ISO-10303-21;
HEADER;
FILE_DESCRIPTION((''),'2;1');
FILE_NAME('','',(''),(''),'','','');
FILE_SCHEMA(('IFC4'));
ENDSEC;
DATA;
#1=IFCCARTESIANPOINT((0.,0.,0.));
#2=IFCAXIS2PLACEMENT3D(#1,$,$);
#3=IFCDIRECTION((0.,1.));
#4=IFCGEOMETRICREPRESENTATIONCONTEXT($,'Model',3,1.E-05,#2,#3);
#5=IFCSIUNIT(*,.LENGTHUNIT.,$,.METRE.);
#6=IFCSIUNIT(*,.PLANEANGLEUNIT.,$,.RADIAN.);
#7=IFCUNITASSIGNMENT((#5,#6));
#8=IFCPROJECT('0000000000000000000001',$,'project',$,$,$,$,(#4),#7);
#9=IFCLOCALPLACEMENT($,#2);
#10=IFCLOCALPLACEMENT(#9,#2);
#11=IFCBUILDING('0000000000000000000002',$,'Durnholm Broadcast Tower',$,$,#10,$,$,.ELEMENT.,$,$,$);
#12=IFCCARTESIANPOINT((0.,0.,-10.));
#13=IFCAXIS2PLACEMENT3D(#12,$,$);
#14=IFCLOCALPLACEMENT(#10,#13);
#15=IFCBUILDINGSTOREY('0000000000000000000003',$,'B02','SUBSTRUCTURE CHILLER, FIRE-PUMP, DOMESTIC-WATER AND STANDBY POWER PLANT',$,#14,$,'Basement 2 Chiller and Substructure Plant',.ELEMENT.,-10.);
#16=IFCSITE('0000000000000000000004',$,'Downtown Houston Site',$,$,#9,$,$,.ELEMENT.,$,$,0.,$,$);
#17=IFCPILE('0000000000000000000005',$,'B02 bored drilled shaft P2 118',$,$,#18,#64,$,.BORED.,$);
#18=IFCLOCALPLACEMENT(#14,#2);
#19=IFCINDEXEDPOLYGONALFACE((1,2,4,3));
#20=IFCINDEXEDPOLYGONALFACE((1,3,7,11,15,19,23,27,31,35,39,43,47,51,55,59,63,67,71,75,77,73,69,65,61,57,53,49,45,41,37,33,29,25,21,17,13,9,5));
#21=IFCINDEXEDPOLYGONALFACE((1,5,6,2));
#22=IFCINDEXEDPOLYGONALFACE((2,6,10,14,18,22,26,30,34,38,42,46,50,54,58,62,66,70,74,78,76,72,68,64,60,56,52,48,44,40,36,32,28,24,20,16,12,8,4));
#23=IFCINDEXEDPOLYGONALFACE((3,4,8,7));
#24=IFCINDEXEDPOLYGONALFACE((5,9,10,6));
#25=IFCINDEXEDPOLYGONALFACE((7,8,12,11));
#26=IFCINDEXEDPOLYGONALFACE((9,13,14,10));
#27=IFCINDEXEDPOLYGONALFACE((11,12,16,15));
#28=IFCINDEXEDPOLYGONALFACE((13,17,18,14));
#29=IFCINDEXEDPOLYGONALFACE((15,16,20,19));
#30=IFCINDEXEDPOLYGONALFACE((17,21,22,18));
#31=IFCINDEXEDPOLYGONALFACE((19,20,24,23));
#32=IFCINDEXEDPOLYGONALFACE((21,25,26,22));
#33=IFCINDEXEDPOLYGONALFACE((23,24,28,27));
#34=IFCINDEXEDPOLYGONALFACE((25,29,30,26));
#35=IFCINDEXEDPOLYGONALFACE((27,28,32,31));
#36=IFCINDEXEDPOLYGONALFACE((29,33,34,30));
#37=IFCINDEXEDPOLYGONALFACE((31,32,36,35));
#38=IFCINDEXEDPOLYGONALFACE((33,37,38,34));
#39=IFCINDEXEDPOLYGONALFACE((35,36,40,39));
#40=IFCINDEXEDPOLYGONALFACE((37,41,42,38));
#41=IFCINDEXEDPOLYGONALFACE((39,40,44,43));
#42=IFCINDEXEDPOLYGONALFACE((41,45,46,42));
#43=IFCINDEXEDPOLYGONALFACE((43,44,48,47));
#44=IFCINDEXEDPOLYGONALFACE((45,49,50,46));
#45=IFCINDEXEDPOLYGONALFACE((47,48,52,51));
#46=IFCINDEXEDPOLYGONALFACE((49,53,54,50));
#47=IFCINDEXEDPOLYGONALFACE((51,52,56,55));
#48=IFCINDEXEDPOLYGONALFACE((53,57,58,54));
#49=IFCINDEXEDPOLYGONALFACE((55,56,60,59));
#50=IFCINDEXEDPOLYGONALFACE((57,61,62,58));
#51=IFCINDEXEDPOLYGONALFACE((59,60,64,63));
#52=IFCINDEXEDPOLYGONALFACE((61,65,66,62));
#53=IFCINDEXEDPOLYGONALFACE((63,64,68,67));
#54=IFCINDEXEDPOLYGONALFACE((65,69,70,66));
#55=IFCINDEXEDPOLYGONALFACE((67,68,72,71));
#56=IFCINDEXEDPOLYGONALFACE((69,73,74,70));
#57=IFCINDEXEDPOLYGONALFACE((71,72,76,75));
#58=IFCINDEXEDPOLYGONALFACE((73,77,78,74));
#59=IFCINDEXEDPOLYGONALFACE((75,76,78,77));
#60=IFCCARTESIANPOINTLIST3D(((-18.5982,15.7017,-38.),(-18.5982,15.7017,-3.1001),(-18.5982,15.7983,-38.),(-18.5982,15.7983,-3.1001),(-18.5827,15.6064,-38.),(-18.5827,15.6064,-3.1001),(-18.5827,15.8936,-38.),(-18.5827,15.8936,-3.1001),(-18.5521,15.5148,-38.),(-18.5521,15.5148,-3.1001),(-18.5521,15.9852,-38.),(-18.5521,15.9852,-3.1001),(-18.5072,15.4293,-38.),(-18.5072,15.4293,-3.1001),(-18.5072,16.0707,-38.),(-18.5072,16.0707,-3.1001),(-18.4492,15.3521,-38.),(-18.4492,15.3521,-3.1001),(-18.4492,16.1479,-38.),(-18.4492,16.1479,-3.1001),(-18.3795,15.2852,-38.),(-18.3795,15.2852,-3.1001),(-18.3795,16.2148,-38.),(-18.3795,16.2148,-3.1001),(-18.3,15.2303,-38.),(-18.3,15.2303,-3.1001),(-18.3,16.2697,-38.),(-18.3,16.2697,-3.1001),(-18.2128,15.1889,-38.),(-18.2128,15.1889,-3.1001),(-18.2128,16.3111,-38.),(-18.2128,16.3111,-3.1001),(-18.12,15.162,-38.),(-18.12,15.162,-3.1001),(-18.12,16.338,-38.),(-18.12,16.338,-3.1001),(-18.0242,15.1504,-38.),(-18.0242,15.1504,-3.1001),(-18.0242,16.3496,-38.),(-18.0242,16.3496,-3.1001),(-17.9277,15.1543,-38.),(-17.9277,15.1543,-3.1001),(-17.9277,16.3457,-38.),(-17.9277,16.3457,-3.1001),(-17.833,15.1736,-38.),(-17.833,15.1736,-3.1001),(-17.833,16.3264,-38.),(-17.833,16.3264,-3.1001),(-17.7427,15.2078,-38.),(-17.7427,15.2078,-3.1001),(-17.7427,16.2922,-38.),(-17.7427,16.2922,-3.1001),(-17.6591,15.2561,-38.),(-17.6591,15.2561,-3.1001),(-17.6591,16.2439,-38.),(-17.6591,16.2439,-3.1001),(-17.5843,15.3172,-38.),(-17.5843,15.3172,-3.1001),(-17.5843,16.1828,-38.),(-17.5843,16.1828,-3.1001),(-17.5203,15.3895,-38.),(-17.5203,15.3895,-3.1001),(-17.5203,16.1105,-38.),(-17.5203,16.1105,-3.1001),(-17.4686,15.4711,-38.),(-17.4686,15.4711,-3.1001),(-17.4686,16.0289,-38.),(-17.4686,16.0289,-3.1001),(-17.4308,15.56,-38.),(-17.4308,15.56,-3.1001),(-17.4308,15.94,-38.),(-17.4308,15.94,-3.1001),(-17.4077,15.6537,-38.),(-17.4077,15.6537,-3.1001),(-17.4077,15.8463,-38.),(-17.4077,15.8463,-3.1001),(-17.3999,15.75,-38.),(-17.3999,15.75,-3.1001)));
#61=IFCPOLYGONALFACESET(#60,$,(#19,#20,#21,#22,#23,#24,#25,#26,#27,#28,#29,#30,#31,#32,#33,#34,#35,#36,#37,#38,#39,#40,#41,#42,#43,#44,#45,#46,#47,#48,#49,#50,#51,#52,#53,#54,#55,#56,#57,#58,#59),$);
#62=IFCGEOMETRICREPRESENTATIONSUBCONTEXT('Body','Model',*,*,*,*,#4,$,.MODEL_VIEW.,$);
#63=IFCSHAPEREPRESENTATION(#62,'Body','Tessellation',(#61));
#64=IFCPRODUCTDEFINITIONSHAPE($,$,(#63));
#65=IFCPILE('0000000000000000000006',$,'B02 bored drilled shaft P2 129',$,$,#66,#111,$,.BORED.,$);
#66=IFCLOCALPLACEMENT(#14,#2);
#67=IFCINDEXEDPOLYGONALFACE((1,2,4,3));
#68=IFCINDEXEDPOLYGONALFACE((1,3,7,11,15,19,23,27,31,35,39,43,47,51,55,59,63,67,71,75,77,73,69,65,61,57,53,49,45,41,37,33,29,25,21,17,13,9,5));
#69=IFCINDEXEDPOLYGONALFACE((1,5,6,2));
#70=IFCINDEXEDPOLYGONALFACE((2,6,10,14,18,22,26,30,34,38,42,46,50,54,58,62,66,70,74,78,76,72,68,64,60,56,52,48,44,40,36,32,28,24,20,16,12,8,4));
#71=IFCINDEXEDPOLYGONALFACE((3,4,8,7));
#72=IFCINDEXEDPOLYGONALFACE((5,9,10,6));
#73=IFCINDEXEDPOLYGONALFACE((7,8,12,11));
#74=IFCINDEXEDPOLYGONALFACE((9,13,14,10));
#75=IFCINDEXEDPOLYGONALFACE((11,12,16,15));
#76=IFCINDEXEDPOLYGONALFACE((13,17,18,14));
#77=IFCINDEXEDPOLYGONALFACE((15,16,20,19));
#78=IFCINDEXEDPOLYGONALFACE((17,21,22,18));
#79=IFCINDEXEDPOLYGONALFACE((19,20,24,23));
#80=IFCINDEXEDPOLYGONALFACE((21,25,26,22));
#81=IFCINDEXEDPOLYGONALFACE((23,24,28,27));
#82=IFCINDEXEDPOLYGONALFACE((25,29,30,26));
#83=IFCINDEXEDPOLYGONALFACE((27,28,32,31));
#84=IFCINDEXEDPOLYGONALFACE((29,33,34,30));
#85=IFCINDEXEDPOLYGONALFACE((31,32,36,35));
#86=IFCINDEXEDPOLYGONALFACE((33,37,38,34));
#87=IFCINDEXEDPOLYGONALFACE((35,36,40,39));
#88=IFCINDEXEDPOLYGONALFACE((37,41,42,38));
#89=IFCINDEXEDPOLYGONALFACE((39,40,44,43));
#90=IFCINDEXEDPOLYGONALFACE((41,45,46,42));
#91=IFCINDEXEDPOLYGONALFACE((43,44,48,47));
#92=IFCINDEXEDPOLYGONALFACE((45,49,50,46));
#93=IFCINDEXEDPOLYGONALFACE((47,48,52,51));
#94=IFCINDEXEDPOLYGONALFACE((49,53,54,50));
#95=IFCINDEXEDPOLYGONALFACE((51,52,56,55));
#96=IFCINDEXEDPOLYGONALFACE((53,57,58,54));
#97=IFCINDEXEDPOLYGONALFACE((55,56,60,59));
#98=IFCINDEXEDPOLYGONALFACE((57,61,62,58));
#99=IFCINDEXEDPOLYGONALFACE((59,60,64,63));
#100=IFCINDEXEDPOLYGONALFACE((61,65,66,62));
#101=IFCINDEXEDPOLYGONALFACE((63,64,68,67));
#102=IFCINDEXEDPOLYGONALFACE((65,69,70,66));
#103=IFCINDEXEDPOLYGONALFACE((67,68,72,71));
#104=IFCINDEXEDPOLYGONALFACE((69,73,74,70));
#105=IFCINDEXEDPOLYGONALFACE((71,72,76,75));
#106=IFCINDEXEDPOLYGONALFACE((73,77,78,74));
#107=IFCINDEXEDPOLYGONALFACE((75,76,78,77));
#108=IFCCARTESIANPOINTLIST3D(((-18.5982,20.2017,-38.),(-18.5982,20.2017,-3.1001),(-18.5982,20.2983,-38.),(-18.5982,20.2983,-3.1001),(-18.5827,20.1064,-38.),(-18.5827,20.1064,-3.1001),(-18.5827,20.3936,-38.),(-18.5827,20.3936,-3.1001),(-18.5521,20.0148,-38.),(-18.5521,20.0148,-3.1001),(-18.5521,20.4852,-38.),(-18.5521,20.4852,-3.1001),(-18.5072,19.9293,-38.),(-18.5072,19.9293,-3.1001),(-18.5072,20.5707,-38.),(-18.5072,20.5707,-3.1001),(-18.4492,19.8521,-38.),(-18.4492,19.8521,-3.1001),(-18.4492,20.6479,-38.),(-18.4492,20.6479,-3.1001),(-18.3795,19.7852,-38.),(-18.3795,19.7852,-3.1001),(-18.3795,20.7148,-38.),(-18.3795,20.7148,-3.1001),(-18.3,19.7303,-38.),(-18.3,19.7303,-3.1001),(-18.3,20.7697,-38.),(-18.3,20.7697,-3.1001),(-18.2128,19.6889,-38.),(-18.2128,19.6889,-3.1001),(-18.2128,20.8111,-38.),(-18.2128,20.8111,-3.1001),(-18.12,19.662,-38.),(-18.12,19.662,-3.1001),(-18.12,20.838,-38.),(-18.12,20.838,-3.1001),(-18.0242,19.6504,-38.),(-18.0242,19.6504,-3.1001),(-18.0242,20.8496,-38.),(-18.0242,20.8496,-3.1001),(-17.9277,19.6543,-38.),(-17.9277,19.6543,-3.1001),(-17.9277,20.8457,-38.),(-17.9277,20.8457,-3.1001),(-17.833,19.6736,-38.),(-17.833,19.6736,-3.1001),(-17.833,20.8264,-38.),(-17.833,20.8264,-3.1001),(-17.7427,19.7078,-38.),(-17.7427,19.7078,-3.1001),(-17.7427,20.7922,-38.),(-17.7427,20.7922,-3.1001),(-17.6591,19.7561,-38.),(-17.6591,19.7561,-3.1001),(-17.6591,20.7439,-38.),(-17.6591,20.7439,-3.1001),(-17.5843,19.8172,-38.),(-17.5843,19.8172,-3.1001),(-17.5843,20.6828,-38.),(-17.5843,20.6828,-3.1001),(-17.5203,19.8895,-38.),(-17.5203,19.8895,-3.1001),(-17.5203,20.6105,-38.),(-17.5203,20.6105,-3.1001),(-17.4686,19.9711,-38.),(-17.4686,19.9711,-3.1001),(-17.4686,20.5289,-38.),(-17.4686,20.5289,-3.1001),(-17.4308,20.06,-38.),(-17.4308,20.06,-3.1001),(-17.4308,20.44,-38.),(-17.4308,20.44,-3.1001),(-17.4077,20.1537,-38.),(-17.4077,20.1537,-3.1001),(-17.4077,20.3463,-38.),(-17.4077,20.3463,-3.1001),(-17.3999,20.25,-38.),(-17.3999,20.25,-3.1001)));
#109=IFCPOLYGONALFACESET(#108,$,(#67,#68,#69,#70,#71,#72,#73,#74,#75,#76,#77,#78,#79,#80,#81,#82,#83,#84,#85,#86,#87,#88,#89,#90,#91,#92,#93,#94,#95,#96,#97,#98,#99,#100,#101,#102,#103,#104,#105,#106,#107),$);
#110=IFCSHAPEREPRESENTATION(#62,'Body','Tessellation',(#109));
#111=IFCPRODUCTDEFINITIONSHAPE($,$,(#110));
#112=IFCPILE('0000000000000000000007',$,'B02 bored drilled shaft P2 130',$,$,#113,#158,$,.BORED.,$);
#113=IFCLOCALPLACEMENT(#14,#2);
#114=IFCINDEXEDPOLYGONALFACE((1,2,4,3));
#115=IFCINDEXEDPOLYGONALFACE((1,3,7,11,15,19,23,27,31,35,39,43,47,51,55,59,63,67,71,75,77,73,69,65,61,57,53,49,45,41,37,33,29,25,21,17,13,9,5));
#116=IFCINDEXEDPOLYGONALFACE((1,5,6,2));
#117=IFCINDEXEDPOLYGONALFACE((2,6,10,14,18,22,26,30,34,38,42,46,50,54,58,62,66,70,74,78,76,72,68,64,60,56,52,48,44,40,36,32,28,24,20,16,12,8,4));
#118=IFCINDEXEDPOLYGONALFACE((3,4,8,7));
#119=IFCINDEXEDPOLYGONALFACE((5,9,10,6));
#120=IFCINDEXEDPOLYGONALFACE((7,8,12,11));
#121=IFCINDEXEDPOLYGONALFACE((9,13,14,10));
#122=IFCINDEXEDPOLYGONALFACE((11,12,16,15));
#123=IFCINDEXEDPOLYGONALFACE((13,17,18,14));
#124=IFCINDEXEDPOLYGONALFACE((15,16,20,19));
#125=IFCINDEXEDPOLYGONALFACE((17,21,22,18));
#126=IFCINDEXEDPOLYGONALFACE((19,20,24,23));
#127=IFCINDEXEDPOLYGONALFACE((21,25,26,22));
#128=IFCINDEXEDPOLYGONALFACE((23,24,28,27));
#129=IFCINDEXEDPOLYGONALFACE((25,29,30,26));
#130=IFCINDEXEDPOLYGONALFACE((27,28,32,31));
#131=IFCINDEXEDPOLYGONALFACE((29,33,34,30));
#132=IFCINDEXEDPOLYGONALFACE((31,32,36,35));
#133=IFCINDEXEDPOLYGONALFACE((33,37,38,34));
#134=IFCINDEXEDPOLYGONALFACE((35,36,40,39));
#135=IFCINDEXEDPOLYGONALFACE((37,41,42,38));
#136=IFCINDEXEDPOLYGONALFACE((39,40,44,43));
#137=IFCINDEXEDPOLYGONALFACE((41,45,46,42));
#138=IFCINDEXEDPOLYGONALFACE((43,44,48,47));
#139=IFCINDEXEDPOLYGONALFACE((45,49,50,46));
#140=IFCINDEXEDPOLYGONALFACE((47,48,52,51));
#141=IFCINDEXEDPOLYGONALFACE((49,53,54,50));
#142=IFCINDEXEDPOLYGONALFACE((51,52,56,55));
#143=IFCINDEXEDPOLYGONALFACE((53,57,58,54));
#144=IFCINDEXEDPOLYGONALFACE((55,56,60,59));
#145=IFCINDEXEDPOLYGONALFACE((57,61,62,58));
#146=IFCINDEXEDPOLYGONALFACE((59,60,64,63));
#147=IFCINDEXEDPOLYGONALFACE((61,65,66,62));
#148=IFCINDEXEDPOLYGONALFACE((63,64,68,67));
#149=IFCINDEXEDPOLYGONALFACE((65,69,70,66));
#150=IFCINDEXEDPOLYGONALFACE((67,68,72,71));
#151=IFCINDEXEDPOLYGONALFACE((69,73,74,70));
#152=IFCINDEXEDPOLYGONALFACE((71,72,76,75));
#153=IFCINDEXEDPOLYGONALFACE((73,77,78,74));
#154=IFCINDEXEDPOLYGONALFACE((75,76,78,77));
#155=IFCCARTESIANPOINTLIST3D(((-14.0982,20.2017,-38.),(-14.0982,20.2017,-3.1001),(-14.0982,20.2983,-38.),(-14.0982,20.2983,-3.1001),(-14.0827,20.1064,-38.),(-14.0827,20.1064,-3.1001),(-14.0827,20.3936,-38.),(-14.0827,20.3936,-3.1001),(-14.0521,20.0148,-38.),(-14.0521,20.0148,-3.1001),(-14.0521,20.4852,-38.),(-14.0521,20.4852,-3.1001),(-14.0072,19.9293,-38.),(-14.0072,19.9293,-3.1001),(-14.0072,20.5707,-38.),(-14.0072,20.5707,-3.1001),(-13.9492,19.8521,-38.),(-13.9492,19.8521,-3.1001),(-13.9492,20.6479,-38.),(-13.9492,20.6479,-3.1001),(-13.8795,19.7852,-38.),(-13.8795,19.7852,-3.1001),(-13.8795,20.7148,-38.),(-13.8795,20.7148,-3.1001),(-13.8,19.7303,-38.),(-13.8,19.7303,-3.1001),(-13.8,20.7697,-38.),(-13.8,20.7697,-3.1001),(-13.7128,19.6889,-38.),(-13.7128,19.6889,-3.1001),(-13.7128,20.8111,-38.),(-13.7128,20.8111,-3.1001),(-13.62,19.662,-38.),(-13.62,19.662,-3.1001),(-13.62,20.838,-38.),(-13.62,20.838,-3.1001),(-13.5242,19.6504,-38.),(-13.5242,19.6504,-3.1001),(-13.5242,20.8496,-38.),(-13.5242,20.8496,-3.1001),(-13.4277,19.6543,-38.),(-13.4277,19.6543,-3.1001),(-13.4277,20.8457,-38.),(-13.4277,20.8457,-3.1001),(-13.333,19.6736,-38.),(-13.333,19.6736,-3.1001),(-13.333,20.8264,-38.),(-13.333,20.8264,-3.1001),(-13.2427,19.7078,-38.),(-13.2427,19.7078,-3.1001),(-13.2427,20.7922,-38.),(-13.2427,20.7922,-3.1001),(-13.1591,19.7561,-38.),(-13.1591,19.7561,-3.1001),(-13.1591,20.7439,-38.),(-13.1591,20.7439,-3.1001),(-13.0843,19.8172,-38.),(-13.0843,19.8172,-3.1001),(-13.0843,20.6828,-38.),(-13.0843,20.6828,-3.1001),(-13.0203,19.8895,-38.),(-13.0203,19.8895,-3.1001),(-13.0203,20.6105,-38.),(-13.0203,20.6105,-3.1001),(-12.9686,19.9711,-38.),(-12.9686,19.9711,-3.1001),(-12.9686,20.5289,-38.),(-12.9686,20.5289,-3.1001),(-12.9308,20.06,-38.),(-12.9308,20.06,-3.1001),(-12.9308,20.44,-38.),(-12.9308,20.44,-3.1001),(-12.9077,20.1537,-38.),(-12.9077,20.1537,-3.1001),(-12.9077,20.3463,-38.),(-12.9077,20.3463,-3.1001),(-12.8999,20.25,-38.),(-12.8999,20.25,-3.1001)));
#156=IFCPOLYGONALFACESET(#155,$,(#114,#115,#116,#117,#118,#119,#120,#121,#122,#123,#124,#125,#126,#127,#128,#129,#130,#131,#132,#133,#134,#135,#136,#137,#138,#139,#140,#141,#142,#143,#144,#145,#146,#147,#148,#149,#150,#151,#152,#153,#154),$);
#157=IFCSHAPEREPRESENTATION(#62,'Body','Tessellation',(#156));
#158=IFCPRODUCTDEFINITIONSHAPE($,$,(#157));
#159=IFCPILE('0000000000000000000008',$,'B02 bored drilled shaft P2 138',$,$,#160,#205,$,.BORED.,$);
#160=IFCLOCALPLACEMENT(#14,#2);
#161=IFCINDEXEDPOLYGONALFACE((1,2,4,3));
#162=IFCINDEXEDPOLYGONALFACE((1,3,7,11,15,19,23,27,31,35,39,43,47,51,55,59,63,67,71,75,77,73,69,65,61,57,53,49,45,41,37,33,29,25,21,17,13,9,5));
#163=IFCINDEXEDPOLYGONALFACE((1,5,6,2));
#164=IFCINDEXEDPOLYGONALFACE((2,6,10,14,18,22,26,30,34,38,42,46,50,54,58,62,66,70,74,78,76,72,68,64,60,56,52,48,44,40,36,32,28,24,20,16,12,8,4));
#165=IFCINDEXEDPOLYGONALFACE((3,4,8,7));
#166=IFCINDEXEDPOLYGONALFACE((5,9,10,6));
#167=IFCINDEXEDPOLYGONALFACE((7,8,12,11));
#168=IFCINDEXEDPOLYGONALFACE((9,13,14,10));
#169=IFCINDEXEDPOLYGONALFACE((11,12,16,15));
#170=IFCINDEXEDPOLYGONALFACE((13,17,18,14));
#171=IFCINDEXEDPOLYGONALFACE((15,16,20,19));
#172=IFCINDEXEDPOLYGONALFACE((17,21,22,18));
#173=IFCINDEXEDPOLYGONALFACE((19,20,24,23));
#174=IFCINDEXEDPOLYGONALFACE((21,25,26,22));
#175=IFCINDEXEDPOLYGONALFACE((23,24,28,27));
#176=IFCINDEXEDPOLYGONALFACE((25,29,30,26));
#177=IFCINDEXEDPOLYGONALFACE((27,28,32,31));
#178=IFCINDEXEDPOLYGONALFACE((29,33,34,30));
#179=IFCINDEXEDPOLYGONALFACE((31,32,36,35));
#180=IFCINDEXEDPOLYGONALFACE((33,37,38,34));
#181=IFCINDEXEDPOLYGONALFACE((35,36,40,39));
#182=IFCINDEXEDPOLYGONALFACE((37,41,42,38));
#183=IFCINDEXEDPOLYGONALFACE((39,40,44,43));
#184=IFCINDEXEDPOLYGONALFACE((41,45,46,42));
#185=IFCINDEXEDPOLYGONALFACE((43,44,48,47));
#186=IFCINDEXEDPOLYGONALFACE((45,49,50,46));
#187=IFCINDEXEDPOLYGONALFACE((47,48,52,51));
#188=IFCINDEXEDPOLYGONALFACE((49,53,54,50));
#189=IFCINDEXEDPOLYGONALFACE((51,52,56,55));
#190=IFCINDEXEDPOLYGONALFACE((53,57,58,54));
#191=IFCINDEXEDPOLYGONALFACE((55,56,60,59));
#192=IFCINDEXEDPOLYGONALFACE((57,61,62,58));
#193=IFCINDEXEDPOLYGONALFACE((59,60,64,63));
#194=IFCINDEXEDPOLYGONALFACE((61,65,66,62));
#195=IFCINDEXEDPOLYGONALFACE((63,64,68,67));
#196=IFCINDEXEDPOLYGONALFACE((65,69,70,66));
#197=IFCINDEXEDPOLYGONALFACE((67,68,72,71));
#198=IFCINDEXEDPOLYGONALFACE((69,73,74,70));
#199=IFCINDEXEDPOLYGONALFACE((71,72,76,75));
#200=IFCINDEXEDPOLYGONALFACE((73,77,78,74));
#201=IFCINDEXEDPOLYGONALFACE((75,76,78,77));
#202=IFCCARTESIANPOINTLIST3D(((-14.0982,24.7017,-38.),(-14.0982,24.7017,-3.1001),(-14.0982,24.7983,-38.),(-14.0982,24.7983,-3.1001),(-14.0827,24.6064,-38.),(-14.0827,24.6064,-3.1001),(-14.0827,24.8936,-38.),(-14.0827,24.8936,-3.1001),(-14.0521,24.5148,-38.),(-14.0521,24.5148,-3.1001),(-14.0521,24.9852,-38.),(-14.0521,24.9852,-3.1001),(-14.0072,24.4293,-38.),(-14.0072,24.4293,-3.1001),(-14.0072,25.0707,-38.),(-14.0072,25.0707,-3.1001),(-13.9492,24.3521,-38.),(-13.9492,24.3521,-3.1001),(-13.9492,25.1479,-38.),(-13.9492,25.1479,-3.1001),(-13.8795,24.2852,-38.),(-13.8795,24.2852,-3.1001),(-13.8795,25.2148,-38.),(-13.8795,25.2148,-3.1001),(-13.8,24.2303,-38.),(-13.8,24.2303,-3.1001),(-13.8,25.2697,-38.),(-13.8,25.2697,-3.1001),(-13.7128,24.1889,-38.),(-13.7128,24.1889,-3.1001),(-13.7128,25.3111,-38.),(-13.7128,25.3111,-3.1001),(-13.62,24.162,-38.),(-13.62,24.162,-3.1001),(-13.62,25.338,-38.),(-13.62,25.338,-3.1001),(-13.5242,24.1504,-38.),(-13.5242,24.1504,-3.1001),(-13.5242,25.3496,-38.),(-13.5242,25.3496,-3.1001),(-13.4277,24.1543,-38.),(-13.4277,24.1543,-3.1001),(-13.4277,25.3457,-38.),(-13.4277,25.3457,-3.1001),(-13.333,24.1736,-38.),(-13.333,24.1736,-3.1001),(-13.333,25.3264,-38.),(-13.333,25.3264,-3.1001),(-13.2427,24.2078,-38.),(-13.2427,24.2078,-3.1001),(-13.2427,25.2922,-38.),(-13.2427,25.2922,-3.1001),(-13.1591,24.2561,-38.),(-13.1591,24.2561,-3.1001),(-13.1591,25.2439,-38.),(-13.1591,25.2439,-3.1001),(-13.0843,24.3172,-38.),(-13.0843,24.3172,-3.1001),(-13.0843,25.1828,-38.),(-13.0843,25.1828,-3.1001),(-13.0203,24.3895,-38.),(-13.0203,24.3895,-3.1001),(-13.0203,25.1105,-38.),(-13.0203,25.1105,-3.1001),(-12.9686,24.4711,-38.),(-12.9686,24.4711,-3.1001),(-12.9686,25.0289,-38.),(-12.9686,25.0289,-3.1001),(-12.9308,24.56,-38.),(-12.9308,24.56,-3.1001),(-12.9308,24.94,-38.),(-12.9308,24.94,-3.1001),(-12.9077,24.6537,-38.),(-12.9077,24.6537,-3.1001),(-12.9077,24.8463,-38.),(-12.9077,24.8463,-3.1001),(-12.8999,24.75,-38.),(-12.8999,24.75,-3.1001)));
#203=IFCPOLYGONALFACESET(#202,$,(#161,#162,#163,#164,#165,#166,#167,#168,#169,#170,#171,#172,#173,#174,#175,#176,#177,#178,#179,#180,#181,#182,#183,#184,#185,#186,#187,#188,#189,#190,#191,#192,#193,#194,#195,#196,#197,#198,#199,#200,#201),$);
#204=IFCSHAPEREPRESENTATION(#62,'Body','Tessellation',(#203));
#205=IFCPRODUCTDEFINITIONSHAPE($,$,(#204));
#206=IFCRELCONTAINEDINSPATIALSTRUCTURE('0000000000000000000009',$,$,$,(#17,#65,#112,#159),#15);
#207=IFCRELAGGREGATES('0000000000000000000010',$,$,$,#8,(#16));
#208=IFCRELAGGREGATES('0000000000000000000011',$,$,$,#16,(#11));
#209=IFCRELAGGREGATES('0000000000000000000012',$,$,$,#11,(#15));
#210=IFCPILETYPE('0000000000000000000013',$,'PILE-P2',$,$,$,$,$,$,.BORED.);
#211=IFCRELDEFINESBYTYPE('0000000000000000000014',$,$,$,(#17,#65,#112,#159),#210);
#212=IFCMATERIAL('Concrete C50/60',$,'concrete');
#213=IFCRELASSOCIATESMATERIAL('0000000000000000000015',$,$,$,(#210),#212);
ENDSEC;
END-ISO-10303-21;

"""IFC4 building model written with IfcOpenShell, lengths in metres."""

from ifc_helpers import new_model, si_unit, direction, frame, origin, origin_2d, place, context, subcontext, project, spatial, circle, extrude, source, transform, mapped, material, material_profile, profile_set, type_object, type_shapes, element, save


model = new_model("IFC4")

# Units and contexts
model_context = context("Model", 3, precision=1e-05, world=origin(), true_north=direction((0.0, 1.0)))
body_context = subcontext(model_context, "Body", "Model", "MODEL_VIEW")
ifc_project = project(units=[si_unit("LENGTHUNIT", "METRE"), si_unit("PLANEANGLEUNIT", "RADIAN")], contexts=[model_context])

# Site, building, storey
site_placement = place(None, origin())
site = spatial("IfcSite", under=ifc_project, at=site_placement, Name="Downtown Houston Site", CompositionType="ELEMENT", RefElevation=0.0)
building_placement = place(site_placement, origin())
building = spatial("IfcBuilding", under=site, at=building_placement, Name="Durnholm Broadcast Tower", CompositionType="ELEMENT")
storey_placement = place(building_placement, frame((0.0, 0.0, -10.0)))
storey = spatial("IfcBuildingStorey", under=building, at=storey_placement, Name="B02", Description="SUBSTRUCTURE CHILLER, FIRE-PUMP, DOMESTIC-WATER AND STANDBY POWER PLANT", LongName="Basement 2 Chiller and Substructure Plant", CompositionType="ELEMENT", Elevation=-10.0)

# Piles
ifc_material_1 = material(Name="Concrete C50/60", Category="concrete")
ifc_material_profile_1 = material_profile(ifc_material_1, circle(Radius=0.6001, at=origin_2d()), Name="PILE1200")
ifc_profile_set_1 = profile_set([ifc_material_profile_1], Name="Concrete C50/60")
pile_type_1 = type_object("IfcPileType", Name="PILE-P2", PredefinedType="BORED", material=ifc_profile_set_1)
shared_shape_1 = source(origin(), body_context, "Body", "SweptSolid", [
    extrude(circle(Radius=0.6001, at=origin_2d()), origin(), (0.0, 0.0, 1.0), 34.8999),
])
type_shapes(pile_type_1, [shared_shape_1])
for number, where, z_axis, x_axis, name in (
    (1, (-18.0, 15.75, -3.1001), (0.0, 0.0, -1.0), (1.0, 0.0, 0.0), "B02 bored drilled shaft P2 118"),
    (2, (-18.0, 20.25, -3.1001), (0.0, 0.0, -1.0), (1.0, 0.0, 0.0), "B02 bored drilled shaft P2 129"),
    (3, (-13.5, 20.25, -3.1001), (0.0, 0.0, -1.0), (1.0, 0.0, 0.0), "B02 bored drilled shaft P2 130"),
    (4, (-13.5, 24.75, -3.1001), (0.0, 0.0, -1.0), (1.0, 0.0, 0.0), "B02 bored drilled shaft P2 138"),
):
    element("IfcPile", number, at=place(storey_placement, frame(where, z_axis=z_axis, x_axis=x_axis)), inside=storey, type_object=pile_type_1, Name=name, PredefinedType="BORED", context=body_context, shape_type="MappedRepresentation", body=[
        mapped(shared_shape_1, transform((0.0, 0.0, 0.0), x_axis=(1.0, 0.0, 0.0), y_axis=(0.0, 1.0, 0.0), z_axis=(0.0, 0.0, 1.0), scale=1.0)),
    ])

save(model, "model.ifc")
